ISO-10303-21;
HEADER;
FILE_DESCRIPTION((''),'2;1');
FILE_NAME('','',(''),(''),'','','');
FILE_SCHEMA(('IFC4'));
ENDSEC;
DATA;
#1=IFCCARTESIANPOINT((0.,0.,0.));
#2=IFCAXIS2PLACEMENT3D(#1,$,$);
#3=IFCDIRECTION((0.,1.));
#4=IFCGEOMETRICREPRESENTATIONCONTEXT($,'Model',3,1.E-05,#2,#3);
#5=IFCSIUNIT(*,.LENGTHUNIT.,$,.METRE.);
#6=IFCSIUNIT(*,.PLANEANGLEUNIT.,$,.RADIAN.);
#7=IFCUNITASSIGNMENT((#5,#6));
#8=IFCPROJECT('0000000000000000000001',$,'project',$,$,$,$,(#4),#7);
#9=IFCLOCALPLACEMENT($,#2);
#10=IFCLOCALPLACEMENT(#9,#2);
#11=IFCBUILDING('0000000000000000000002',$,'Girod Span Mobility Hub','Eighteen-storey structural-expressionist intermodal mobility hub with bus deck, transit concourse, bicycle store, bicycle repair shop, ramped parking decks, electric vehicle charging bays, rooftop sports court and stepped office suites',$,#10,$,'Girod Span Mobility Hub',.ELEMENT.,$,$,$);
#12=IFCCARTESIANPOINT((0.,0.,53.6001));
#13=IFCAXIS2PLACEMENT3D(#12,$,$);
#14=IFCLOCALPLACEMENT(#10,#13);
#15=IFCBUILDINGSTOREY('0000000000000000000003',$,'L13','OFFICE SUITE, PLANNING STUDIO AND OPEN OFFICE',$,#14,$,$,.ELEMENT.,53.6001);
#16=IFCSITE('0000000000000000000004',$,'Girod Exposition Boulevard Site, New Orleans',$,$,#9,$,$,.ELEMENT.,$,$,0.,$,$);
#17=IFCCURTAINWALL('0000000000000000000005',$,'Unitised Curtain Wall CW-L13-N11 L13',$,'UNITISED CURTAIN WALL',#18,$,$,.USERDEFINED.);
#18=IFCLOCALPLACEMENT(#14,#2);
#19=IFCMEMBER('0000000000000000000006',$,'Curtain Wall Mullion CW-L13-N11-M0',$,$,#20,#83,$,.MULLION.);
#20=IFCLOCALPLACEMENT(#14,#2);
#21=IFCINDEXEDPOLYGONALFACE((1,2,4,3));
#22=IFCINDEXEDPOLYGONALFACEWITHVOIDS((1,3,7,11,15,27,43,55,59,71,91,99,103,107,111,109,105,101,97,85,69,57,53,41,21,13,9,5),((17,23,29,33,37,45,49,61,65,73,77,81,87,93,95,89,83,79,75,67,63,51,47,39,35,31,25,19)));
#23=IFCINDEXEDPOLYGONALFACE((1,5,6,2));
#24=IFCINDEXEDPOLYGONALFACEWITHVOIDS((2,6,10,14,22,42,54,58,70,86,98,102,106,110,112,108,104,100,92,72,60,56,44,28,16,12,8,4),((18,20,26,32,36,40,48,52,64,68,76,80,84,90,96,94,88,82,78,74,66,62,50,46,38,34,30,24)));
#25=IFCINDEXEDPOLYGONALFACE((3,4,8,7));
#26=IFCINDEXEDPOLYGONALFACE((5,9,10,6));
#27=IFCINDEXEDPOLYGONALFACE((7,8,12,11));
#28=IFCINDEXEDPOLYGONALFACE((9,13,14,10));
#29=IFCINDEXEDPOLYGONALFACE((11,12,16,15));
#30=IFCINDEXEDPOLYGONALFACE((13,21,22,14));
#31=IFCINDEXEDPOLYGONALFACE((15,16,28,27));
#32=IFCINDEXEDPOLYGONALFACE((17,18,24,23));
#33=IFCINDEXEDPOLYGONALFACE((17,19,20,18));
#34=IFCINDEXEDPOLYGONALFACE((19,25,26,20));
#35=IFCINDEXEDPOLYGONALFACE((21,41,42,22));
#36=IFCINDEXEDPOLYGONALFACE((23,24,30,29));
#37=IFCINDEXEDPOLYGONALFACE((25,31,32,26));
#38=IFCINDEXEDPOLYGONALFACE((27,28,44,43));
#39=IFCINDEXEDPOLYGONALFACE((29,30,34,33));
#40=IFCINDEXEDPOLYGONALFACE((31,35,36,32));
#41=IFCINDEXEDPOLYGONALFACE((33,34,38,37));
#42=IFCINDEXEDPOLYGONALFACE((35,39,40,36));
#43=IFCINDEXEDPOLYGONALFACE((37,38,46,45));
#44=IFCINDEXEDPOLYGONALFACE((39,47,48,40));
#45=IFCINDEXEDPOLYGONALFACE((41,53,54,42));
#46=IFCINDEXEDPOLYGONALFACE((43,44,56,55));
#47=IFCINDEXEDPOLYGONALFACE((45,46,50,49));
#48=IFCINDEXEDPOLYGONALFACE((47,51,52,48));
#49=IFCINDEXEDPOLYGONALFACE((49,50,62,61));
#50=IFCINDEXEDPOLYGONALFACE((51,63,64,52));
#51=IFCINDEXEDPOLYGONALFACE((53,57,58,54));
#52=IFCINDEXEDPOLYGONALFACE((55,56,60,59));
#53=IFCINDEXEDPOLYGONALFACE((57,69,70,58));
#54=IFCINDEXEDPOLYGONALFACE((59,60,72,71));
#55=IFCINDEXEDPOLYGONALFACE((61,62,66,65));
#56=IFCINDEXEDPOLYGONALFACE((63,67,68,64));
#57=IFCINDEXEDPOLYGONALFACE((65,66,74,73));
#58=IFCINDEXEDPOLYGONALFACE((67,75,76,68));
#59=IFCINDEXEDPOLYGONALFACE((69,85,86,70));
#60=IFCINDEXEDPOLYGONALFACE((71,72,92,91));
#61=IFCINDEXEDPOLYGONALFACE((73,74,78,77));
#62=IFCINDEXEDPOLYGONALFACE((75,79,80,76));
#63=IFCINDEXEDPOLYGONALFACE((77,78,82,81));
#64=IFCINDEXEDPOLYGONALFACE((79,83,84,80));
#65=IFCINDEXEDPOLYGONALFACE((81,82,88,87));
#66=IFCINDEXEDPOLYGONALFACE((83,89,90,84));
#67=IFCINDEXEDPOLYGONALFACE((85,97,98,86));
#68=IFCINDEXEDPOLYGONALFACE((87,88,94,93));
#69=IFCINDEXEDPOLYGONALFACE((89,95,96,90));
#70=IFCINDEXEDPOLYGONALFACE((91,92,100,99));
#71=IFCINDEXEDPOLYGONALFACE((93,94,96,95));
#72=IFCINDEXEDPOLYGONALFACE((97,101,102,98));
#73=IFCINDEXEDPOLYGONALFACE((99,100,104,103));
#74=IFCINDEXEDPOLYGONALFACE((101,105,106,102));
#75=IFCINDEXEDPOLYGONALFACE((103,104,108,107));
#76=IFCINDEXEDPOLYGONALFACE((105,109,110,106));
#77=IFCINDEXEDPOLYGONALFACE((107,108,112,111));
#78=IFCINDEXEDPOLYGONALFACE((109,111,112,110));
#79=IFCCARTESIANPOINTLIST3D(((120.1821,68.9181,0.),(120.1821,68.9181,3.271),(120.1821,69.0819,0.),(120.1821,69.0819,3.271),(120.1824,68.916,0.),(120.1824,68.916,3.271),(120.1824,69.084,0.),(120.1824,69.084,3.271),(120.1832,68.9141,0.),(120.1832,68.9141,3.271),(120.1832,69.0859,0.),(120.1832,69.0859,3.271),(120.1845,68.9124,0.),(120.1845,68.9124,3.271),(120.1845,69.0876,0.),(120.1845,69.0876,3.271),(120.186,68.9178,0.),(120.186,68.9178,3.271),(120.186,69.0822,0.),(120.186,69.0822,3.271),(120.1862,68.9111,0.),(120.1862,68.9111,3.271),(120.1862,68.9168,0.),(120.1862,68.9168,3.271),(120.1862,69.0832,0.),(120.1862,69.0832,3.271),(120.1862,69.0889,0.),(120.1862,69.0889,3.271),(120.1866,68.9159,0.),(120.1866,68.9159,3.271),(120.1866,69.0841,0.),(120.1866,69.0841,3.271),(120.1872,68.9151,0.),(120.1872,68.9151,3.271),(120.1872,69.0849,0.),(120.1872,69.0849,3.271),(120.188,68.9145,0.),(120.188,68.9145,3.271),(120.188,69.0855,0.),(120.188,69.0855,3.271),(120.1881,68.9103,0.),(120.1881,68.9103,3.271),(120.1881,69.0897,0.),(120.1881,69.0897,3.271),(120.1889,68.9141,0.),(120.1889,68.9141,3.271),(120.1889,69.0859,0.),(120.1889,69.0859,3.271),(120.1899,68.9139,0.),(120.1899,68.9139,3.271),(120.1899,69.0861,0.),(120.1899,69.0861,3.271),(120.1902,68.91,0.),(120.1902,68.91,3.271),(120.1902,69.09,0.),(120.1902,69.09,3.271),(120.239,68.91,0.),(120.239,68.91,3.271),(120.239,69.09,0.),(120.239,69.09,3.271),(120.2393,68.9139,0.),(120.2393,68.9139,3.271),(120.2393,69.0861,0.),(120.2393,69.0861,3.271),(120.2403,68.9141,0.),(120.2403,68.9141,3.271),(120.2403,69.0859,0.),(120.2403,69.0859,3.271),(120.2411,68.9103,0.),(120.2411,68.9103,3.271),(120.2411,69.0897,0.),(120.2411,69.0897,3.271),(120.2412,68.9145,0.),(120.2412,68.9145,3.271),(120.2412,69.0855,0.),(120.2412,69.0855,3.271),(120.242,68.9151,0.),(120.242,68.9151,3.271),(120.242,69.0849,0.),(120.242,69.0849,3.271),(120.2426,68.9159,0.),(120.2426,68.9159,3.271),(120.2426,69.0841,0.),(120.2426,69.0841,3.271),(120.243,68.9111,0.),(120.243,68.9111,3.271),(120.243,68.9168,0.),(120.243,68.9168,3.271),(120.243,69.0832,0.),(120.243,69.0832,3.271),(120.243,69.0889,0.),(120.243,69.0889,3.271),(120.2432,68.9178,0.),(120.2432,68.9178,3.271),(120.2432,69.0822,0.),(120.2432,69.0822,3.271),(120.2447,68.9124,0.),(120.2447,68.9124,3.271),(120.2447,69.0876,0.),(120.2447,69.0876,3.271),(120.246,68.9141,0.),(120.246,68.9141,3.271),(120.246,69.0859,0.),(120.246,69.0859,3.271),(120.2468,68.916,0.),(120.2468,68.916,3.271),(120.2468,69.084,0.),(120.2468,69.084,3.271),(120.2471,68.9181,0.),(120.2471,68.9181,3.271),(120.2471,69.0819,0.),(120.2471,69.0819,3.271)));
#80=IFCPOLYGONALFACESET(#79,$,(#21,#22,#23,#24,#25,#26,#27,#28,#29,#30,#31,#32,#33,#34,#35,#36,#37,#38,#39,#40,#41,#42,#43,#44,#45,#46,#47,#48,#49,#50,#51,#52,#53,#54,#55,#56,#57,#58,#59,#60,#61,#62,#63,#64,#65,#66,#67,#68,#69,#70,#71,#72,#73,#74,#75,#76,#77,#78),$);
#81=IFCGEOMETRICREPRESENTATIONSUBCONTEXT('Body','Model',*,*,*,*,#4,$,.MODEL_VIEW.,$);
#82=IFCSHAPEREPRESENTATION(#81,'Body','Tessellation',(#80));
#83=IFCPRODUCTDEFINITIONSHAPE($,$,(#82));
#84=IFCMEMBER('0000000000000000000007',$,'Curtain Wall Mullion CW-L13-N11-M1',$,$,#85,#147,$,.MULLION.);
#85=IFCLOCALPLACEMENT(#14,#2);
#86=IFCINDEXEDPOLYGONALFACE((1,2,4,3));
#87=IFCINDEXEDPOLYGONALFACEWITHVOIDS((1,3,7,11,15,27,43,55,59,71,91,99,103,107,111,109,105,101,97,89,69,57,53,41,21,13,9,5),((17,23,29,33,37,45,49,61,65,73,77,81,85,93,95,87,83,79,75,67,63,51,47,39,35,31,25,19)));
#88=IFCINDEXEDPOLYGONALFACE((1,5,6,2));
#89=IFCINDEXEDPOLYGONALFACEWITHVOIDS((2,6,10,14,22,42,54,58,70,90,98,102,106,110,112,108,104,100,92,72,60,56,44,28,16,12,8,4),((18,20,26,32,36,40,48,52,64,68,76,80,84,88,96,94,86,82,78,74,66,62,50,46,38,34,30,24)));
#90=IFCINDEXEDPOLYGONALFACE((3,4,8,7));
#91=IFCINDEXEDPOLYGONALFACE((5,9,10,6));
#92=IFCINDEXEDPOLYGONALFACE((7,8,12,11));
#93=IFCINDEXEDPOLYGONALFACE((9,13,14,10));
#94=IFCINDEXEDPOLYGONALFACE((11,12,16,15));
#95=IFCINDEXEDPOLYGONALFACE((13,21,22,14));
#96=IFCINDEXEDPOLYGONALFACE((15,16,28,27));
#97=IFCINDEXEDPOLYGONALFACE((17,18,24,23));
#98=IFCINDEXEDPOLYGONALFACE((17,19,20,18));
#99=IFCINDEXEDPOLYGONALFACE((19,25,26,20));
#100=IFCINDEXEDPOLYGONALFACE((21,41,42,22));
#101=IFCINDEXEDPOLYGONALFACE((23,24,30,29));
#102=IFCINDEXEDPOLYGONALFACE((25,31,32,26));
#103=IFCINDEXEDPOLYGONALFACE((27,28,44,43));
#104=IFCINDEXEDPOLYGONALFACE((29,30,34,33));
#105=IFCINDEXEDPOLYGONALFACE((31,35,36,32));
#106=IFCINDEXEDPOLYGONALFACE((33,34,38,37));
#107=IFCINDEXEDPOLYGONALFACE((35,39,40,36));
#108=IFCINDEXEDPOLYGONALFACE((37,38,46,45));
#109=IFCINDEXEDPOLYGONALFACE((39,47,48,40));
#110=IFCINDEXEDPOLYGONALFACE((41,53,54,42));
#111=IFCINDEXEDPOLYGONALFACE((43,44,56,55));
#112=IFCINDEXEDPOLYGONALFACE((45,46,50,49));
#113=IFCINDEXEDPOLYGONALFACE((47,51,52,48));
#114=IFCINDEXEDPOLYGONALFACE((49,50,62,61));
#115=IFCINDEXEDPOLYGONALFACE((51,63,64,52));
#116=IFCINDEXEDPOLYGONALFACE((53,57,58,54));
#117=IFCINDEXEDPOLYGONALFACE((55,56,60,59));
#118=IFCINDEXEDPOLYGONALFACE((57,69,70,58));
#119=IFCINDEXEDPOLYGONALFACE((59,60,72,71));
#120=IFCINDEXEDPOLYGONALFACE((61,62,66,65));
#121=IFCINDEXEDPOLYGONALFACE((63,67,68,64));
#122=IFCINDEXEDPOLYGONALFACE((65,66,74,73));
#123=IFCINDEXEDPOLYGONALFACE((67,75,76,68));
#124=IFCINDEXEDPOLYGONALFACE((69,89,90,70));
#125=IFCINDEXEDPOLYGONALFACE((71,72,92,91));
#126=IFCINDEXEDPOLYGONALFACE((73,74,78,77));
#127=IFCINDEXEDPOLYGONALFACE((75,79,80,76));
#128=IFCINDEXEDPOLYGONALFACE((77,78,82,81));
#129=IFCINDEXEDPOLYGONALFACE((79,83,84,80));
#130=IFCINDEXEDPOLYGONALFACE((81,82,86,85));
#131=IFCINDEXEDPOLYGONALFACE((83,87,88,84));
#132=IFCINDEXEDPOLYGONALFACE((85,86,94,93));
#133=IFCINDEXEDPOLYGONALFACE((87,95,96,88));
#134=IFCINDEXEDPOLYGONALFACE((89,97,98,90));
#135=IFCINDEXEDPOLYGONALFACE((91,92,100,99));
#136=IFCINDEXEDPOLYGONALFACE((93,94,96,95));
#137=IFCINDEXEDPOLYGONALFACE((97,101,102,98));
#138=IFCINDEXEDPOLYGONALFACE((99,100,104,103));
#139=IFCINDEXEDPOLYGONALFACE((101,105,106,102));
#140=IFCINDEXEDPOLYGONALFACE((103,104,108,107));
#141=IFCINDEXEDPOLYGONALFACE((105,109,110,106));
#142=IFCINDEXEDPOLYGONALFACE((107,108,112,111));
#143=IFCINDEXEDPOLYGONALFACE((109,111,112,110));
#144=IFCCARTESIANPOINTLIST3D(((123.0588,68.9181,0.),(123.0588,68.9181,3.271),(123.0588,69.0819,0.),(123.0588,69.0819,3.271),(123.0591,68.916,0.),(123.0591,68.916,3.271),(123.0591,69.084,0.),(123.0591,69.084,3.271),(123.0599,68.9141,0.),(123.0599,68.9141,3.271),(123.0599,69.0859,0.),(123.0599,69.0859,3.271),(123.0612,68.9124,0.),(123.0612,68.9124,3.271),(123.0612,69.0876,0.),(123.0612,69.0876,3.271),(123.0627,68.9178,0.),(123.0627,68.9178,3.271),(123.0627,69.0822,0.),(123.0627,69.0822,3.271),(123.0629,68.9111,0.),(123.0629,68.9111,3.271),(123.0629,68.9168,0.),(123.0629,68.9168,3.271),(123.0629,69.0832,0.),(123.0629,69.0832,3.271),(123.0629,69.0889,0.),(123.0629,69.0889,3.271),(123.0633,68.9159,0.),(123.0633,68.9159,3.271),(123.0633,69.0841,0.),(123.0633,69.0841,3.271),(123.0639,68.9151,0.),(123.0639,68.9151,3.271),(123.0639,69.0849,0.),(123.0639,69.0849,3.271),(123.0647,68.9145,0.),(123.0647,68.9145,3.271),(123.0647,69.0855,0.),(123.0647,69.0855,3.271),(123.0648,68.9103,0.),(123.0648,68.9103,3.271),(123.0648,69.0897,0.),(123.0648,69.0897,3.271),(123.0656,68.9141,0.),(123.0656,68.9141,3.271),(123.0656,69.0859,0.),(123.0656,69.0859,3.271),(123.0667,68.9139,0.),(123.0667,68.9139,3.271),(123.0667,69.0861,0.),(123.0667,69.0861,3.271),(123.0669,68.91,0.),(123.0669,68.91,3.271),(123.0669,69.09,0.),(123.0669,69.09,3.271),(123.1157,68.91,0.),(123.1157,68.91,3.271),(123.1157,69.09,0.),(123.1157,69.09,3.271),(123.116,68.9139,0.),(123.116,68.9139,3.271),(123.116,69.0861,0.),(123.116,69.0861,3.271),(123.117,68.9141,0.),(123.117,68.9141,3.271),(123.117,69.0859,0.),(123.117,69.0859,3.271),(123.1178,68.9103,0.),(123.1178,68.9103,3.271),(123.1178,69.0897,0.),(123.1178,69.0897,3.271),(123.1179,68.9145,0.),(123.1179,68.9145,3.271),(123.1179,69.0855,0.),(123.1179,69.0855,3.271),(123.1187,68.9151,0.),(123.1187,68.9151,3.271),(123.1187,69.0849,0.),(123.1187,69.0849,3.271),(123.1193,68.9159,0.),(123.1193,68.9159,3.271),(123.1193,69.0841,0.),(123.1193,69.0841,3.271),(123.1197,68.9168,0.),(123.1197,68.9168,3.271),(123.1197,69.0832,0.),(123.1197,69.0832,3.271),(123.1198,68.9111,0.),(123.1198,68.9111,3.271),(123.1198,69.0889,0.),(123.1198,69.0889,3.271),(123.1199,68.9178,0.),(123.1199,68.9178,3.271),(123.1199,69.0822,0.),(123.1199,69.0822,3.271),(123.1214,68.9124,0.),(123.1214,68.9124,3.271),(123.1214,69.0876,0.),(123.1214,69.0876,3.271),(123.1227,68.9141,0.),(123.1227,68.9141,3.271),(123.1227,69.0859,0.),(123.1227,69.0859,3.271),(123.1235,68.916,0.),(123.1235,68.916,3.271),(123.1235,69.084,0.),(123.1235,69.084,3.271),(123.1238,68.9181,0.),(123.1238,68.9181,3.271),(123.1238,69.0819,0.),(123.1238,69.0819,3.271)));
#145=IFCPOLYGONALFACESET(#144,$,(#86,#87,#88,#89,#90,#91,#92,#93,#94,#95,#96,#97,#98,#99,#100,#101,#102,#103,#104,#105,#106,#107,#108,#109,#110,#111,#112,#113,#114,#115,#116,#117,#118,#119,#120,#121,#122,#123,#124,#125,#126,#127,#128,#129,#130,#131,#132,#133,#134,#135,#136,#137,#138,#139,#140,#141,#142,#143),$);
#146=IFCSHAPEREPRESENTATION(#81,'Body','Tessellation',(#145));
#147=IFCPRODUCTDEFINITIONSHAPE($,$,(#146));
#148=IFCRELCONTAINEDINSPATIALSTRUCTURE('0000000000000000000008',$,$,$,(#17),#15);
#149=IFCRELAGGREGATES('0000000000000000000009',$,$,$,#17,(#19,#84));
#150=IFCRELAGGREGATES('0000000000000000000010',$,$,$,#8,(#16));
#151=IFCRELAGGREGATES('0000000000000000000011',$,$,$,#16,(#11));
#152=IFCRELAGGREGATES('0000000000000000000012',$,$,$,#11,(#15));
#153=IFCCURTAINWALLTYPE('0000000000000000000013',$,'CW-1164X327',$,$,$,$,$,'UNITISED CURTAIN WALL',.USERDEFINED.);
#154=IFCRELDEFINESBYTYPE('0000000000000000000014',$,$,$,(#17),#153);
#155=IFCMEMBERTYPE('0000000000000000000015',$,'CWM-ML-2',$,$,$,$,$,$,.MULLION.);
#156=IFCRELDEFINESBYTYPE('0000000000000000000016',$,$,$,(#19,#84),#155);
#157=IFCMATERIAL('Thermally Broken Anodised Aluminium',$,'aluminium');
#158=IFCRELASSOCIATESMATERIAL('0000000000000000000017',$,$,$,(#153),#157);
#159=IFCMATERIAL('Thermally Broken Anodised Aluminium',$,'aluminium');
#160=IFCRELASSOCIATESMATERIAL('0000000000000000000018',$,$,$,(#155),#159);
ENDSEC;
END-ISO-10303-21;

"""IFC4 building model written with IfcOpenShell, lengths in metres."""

from ifc_helpers import new_model, si_unit, direction, frame, origin, origin_2d, place, context, subcontext, project, spatial, hollow_rectangle, extrude, material, material_profile, profile_set, type_object, element, aggregate, save


model = new_model("IFC4")

# Units and contexts
model_context = context("Model", 3, precision=1e-05, world=origin(), true_north=direction((0.0, 1.0)))
body_context = subcontext(model_context, "Body", "Model", "MODEL_VIEW")
ifc_project = project(units=[si_unit("LENGTHUNIT", "METRE"), si_unit("PLANEANGLEUNIT", "RADIAN")], contexts=[model_context])

# Site, building, storey
site_placement = place(None, origin())
site = spatial("IfcSite", under=ifc_project, at=site_placement, Name="Girod Exposition Boulevard Site, New Orleans", CompositionType="ELEMENT", RefElevation=0.0)
building_placement = place(site_placement, origin())
building = spatial("IfcBuilding", under=site, at=building_placement, Name="Girod Span Mobility Hub", Description="Eighteen-storey structural-expressionist intermodal mobility hub with bus deck, transit concourse, bicycle store, bicycle repair shop, ramped parking decks, electric vehicle charging bays, rooftop sports court and stepped office suites", LongName="Girod Span Mobility Hub", CompositionType="ELEMENT")
storey_placement = place(building_placement, frame((0.0, 0.0, 53.6001)))
storey = spatial("IfcBuildingStorey", under=building, at=storey_placement, Name="L13", Description="OFFICE SUITE, PLANNING STUDIO AND OPEN OFFICE", CompositionType="ELEMENT", Elevation=53.6001)

# Curtain wall, members
ifc_material_1 = material(Name="Thermally Broken Anodised Aluminium", Category="aluminium")
curtain_wall_type = type_object("IfcCurtainWallType", Name="CW-1164X327", ElementType="UNITISED CURTAIN WALL", PredefinedType="USERDEFINED", material=ifc_material_1)
curtain_wall_placement = place(storey_placement, origin())
curtain_wall = element("IfcCurtainWall", 1, at=curtain_wall_placement, inside=storey, type_object=curtain_wall_type, Name="Unitised Curtain Wall CW-L13-N11 L13", ObjectType="UNITISED CURTAIN WALL", PredefinedType="USERDEFINED")
ifc_material_2 = material(Name="Thermally Broken Anodised Aluminium", Category="aluminium")
ifc_material_profile_1 = material_profile(ifc_material_2, hollow_rectangle(XDim=0.1799, YDim=0.0649, WallThickness=0.0039, InnerFilletRadius=0.0039, OuterFilletRadius=0.0081, at=origin_2d()), Name="CW-ML-65X180")
ifc_profile_set_1 = profile_set([ifc_material_profile_1], Name="Thermally Broken Anodised Aluminium")
member_type_1 = type_object("IfcMemberType", Name="CWM-ML-2", PredefinedType="MULLION", material=ifc_profile_set_1)
member_1_placement = place(storey_placement, frame((120.2146, 69.0, 0.0), z_axis=(0.0, 0.0, 1.0), x_axis=(0.0, 1.0, 0.0)))
member_1 = element("IfcMember", 2, at=member_1_placement, type_object=member_type_1, Name="Curtain Wall Mullion CW-L13-N11-M0", PredefinedType="MULLION", context=body_context, shape_type="SweptSolid", body=[
    extrude(hollow_rectangle(XDim=0.1799, YDim=0.0649, WallThickness=0.0039, InnerFilletRadius=0.0039, OuterFilletRadius=0.0081, at=origin_2d()), origin(), (0.0, 0.0, 1.0), 3.271),
])
member_2_placement = place(storey_placement, frame((123.0913, 69.0, 0.0), z_axis=(0.0, 0.0, 1.0), x_axis=(0.0, 1.0, 0.0)))
member_2 = element("IfcMember", 3, at=member_2_placement, type_object=member_type_1, Name="Curtain Wall Mullion CW-L13-N11-M1", PredefinedType="MULLION", context=body_context, shape_type="SweptSolid", body=[
    extrude(hollow_rectangle(XDim=0.1799, YDim=0.0649, WallThickness=0.0039, InnerFilletRadius=0.0039, OuterFilletRadius=0.0081, at=origin_2d()), origin(), (0.0, 0.0, 1.0), 3.271),
])
aggregate(curtain_wall, [member_1, member_2])

save(model, "model.ifc")
